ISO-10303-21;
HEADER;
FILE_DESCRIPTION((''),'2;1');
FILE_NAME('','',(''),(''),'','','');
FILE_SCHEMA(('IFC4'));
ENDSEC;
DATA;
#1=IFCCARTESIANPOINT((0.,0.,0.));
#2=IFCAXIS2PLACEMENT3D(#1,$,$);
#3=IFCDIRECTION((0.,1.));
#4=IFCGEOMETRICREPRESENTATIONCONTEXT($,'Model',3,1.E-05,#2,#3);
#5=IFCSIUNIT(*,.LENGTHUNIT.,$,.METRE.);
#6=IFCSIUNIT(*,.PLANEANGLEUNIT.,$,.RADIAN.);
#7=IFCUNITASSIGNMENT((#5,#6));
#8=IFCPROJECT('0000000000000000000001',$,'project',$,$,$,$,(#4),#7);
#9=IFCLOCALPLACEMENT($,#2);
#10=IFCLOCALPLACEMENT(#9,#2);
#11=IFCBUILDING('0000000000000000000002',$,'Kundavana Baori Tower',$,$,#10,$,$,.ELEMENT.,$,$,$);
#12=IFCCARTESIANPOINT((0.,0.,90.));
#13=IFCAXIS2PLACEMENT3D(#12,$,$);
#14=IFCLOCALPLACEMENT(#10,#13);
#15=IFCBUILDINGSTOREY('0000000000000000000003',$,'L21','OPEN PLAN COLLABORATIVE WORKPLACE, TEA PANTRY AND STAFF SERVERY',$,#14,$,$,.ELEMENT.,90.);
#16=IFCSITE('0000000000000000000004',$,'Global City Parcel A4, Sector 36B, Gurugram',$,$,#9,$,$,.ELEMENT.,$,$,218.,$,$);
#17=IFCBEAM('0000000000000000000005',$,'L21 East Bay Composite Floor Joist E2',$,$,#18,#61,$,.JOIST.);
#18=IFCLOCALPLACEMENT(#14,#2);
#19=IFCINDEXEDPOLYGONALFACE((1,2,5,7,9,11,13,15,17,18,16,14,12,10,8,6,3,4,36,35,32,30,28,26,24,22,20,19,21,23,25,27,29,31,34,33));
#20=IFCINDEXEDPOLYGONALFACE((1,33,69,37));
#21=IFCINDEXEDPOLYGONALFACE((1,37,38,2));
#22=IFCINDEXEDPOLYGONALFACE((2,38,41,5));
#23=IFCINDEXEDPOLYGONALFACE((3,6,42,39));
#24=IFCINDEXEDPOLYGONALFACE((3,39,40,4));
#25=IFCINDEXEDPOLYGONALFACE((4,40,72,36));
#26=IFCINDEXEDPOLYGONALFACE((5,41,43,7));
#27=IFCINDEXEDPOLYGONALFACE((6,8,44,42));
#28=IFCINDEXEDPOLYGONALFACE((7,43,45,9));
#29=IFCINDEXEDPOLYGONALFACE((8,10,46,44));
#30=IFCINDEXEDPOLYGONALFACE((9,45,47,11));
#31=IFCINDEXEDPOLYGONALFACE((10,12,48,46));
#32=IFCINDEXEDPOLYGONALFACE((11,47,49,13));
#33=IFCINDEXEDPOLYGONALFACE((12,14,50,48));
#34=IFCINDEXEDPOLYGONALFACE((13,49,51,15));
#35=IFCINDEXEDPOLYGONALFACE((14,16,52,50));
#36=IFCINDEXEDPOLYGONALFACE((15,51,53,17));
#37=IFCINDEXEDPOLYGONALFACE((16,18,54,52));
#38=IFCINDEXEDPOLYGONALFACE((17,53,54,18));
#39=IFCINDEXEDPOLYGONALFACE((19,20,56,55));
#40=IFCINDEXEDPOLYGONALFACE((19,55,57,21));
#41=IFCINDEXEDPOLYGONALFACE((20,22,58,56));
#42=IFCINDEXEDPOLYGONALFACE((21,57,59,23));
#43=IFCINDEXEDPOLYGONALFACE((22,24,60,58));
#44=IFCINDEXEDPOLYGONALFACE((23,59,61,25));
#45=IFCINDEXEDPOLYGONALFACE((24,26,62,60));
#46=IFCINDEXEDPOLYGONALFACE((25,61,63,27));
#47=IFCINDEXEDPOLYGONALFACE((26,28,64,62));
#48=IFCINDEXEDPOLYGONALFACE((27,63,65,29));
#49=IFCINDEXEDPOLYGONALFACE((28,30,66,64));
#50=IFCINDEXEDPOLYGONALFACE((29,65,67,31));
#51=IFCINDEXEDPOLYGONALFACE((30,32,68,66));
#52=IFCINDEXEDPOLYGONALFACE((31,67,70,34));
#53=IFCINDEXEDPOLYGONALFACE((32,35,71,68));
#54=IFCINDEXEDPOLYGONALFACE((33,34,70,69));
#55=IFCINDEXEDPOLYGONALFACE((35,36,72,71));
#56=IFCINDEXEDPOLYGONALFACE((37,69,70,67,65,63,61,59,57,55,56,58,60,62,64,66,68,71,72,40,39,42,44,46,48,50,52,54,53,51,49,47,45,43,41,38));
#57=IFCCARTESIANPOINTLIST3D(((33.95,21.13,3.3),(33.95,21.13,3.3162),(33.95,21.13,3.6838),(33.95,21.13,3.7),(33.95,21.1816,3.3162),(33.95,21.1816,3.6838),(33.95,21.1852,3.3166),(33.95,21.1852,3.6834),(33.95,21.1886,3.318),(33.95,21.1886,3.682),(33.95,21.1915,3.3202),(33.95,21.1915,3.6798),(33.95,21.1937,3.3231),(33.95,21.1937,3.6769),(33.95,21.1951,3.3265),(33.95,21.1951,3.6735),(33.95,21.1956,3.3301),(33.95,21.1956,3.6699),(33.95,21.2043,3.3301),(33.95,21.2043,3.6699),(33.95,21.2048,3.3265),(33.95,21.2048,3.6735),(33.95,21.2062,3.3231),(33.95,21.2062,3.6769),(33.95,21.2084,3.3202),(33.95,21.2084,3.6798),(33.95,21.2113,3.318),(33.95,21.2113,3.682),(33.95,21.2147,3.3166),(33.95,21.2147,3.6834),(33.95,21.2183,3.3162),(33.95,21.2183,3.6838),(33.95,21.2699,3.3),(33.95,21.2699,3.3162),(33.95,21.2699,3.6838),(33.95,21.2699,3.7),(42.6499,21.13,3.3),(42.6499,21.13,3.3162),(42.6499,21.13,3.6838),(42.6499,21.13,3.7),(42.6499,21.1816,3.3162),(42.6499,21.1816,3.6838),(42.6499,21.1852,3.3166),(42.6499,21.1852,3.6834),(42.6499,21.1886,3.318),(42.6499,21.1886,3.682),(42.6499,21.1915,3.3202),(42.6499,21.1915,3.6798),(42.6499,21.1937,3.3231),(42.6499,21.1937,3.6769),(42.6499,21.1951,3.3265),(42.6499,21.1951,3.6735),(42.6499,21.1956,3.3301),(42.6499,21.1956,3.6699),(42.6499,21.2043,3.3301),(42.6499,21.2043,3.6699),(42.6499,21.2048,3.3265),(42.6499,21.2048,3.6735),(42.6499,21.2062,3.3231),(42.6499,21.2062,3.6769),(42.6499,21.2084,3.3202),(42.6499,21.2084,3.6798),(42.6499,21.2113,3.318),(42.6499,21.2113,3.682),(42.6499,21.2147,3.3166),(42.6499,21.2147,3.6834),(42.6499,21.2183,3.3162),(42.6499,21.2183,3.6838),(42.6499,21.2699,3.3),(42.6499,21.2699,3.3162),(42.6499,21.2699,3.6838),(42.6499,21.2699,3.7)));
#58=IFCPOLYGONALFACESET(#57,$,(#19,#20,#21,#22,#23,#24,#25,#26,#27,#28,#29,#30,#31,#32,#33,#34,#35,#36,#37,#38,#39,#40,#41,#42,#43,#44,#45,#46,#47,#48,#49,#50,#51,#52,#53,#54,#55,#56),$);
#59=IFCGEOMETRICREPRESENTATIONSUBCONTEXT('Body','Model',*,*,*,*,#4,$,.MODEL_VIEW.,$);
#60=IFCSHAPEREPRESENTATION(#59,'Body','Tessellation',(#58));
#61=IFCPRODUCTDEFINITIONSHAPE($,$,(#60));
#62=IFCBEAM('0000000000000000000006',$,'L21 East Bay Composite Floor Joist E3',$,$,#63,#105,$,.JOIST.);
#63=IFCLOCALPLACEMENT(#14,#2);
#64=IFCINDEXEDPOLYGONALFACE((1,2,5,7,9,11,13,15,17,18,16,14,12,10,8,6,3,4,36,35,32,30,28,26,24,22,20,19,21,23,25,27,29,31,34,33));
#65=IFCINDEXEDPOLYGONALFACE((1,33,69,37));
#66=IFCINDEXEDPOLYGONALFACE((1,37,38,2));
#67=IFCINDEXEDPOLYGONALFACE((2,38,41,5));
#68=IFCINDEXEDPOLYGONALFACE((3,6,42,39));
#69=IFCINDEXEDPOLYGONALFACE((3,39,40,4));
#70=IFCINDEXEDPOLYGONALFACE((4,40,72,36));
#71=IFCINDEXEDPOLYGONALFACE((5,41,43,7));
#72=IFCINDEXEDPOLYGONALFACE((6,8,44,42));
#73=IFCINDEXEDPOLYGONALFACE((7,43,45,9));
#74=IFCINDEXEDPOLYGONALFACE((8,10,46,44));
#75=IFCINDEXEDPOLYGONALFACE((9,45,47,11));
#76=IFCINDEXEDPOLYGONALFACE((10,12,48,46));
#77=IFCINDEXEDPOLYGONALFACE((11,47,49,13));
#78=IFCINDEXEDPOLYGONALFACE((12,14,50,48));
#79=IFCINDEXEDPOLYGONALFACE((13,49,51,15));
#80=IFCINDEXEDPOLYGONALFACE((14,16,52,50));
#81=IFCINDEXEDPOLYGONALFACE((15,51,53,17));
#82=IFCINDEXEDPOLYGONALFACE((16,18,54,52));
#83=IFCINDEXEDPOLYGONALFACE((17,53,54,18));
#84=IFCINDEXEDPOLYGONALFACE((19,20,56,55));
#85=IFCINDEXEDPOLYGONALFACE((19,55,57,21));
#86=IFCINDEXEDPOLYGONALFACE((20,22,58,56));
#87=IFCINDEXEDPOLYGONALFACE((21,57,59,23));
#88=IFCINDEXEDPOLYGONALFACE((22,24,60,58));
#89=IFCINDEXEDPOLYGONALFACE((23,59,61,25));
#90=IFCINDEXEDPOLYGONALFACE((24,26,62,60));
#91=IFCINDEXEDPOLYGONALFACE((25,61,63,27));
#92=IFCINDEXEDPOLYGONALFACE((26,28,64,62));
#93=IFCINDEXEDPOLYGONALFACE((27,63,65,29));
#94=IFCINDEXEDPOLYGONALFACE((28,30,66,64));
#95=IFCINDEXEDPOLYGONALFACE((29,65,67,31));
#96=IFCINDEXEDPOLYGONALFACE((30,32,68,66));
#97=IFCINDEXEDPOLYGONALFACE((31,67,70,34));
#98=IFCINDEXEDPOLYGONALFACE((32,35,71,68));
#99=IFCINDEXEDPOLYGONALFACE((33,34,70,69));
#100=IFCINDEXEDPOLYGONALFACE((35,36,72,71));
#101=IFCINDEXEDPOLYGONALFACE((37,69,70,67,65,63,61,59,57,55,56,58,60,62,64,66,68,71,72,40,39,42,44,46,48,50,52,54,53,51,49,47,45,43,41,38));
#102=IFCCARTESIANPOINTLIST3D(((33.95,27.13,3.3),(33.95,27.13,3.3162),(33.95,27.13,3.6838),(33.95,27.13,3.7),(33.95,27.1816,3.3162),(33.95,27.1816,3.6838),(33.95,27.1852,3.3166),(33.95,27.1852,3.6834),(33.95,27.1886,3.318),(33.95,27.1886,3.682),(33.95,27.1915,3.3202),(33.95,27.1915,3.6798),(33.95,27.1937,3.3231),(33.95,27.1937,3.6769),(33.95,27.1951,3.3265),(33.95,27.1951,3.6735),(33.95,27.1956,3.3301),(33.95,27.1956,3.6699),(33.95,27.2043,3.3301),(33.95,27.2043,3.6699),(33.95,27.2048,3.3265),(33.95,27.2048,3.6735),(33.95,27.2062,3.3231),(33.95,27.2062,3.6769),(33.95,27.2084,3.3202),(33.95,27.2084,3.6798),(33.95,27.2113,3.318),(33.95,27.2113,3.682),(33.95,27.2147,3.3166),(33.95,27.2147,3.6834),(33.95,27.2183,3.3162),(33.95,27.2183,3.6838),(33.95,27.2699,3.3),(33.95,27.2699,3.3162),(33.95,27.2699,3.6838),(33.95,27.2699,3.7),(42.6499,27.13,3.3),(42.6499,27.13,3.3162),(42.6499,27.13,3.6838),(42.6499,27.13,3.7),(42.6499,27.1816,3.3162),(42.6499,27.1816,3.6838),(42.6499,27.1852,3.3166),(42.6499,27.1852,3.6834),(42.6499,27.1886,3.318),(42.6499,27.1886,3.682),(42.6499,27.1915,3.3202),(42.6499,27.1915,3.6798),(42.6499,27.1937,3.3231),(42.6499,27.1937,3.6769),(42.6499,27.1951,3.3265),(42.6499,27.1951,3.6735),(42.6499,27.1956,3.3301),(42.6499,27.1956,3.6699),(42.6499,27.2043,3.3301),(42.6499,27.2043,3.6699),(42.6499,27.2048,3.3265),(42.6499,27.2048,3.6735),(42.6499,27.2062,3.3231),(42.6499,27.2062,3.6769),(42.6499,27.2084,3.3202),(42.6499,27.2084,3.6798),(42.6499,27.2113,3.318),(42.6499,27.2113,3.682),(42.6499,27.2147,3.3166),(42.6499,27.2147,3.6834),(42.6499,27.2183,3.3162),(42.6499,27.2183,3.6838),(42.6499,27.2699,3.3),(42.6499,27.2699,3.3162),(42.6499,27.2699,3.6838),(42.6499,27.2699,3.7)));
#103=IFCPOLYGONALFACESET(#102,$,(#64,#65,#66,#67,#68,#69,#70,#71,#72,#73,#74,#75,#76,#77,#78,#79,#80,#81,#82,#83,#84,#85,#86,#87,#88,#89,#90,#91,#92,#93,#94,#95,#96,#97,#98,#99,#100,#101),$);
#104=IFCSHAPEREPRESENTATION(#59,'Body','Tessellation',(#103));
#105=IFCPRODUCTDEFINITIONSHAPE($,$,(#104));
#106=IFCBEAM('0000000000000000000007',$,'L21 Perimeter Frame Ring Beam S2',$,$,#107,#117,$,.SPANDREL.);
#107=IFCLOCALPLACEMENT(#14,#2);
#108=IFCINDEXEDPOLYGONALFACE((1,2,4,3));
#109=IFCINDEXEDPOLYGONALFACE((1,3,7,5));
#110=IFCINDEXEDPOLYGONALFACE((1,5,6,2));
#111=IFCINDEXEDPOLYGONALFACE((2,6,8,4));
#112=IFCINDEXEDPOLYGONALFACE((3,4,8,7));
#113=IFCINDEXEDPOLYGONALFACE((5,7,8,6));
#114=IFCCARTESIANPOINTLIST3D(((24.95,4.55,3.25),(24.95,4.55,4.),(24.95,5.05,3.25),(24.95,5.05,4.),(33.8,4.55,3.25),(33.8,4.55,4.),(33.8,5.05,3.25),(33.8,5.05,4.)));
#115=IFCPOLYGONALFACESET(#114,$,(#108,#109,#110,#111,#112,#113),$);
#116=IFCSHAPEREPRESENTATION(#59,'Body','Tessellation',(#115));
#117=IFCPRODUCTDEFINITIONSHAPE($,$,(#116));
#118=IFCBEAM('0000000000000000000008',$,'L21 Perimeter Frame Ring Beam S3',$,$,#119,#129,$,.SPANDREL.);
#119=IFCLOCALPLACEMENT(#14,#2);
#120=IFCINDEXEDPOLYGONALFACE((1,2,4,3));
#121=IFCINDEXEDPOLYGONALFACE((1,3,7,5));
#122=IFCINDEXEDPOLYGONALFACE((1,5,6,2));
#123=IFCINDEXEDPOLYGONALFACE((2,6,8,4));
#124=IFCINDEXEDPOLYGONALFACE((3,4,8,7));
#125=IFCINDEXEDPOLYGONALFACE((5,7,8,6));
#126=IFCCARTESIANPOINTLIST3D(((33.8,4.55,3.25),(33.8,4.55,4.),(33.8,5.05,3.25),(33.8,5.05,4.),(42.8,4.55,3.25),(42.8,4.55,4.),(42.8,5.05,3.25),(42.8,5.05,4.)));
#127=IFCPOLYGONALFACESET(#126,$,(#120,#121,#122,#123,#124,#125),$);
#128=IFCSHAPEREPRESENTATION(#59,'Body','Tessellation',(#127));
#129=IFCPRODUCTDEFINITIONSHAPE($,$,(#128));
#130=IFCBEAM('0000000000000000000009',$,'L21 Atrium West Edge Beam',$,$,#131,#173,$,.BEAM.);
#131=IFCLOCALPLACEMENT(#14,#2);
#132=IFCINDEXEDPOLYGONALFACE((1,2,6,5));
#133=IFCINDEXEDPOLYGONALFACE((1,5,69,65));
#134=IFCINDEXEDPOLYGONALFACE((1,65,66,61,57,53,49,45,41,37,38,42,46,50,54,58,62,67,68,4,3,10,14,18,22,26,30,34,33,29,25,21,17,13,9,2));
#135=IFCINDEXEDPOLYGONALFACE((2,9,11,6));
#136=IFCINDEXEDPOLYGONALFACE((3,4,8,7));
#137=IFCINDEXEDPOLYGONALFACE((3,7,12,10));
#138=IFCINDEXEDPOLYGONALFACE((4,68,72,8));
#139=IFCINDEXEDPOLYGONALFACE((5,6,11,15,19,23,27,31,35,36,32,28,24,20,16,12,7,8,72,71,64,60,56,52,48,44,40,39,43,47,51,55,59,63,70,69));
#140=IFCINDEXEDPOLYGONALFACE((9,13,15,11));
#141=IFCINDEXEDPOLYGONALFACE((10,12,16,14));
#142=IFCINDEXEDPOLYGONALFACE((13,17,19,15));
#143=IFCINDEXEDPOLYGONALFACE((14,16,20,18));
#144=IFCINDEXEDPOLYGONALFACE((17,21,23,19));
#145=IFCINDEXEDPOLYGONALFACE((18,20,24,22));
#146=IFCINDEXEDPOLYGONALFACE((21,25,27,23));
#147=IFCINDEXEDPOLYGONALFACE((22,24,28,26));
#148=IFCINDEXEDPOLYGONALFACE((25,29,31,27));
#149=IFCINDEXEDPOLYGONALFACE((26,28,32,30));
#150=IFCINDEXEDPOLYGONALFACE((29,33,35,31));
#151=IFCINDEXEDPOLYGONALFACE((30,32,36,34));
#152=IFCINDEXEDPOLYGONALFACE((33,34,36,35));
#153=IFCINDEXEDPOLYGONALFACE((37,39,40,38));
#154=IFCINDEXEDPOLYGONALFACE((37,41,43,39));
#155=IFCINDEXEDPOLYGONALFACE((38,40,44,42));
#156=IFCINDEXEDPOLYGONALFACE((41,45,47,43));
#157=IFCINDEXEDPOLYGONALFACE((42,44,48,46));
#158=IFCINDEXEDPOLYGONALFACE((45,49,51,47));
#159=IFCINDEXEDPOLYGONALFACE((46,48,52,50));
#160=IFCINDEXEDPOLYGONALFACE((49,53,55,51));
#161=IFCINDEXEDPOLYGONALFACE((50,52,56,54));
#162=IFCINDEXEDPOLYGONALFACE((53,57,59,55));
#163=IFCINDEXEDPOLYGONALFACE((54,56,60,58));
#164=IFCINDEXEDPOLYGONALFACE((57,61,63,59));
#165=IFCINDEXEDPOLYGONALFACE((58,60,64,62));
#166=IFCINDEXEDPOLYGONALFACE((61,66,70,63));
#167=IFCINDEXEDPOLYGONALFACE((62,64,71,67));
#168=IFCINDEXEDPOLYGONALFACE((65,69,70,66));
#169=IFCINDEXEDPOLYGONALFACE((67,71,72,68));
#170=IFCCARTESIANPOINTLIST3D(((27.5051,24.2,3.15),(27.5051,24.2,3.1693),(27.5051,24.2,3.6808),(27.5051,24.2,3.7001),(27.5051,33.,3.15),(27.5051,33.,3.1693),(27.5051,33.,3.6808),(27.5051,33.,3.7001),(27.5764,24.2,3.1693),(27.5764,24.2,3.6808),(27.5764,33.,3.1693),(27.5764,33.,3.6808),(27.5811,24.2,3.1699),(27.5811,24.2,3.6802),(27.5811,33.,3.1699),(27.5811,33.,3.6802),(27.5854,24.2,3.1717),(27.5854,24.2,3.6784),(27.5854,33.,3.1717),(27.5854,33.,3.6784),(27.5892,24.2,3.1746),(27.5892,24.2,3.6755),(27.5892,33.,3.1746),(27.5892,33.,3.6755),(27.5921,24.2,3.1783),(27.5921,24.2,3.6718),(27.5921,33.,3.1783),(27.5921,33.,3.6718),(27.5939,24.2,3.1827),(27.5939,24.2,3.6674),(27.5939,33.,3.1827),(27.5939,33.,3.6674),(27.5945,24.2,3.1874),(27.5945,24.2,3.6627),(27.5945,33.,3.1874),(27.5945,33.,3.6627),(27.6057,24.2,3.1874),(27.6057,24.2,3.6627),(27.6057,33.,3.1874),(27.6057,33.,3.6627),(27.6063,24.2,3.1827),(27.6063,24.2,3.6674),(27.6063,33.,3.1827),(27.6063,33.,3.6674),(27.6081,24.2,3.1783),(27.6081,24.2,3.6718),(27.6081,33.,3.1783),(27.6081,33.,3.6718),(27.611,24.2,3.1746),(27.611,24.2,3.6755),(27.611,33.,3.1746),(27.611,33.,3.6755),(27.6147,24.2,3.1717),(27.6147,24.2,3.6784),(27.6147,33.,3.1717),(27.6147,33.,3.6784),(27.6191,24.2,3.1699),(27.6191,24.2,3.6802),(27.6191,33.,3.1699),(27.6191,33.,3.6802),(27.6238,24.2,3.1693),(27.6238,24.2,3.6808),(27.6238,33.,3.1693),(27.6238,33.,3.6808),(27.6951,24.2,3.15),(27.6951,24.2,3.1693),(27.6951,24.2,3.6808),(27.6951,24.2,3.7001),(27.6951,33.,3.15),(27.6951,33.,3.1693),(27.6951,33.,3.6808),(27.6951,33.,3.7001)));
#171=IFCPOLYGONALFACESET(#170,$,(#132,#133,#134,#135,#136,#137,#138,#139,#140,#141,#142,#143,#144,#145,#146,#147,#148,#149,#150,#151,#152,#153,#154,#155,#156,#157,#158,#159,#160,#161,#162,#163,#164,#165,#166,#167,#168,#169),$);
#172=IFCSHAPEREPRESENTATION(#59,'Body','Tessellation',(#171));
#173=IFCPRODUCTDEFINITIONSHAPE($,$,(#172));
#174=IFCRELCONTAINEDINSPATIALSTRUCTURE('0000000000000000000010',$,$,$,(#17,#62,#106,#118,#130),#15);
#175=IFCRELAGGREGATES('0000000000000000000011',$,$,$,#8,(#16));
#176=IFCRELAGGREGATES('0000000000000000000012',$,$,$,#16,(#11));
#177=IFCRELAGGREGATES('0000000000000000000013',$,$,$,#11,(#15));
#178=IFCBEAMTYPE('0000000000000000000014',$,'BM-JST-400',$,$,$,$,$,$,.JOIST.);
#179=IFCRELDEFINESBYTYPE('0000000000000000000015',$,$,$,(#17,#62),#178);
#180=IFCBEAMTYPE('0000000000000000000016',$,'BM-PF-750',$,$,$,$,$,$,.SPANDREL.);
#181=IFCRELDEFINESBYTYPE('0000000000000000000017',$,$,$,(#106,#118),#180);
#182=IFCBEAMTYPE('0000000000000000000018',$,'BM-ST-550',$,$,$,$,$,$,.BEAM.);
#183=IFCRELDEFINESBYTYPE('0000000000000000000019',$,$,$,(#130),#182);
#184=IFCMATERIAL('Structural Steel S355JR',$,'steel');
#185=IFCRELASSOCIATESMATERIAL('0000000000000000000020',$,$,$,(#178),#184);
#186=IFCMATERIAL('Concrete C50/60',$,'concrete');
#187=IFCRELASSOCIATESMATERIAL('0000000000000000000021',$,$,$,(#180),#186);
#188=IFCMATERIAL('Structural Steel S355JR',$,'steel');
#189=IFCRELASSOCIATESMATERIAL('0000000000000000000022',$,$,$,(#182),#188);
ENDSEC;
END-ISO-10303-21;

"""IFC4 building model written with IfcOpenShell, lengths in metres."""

from ifc_helpers import new_model, si_unit, direction, frame, origin, origin_2d, place, context, subcontext, project, spatial, rectangle, i_section, extrude, material, material_profile, profile_set, type_object, element, save


model = new_model("IFC4")

# Units and contexts
model_context = context("Model", 3, precision=1e-05, world=origin(), true_north=direction((0.0, 1.0)))
body_context = subcontext(model_context, "Body", "Model", "MODEL_VIEW")
ifc_project = project(units=[si_unit("LENGTHUNIT", "METRE"), si_unit("PLANEANGLEUNIT", "RADIAN")], contexts=[model_context])

# Site, building, storey
site_placement = place(None, origin())
site = spatial("IfcSite", under=ifc_project, at=site_placement, Name="Global City Parcel A4, Sector 36B, Gurugram", CompositionType="ELEMENT", RefElevation=218.0)
building_placement = place(site_placement, origin())
building = spatial("IfcBuilding", under=site, at=building_placement, Name="Kundavana Baori Tower", CompositionType="ELEMENT")
storey_placement = place(building_placement, frame((0.0, 0.0, 90.0)))
storey = spatial("IfcBuildingStorey", under=building, at=storey_placement, Name="L21", Description="OPEN PLAN COLLABORATIVE WORKPLACE, TEA PANTRY AND STAFF SERVERY", CompositionType="ELEMENT", Elevation=90.0)

# Beams
ifc_material_1 = material(Name="Structural Steel S355JR", Category="steel")
ifc_material_profile_1 = material_profile(ifc_material_1, i_section(OverallWidth=0.1399, OverallDepth=0.3999, WebThickness=0.0088, FlangeThickness=0.0161, FilletRadius=0.0139, at=origin_2d()), Name="ISMB 400")
ifc_profile_set_1 = profile_set([ifc_material_profile_1], Name="Structural Steel S355JR")
beam_type_1 = type_object("IfcBeamType", Name="BM-JST-400", PredefinedType="JOIST", material=ifc_profile_set_1)
for number, where, z_axis, x_axis, name in (
    (1, (33.95, 21.2, 3.5), (1.0, 0.0, 0.0), (0.0, 1.0, 0.0), "L21 East Bay Composite Floor Joist E2"),
    (2, (33.95, 27.2, 3.5), (1.0, 0.0, 0.0), (0.0, 1.0, 0.0), "L21 East Bay Composite Floor Joist E3"),
):
    element("IfcBeam", number, at=place(storey_placement, frame(where, z_axis=z_axis, x_axis=x_axis)), inside=storey, type_object=beam_type_1, Name=name, PredefinedType="JOIST", context=body_context, shape_type="SweptSolid", body=[
        extrude(i_section(OverallWidth=0.1399, OverallDepth=0.3999, WebThickness=0.0088, FlangeThickness=0.0161, FilletRadius=0.0139, at=origin_2d()), origin(), (0.0, 0.0, 1.0), 8.7),
    ])
ifc_material_2 = material(Name="Concrete C50/60", Category="concrete")
ifc_material_profile_2 = material_profile(ifc_material_2, rectangle(XDim=0.5, YDim=0.75, at=origin_2d()), Name="RC BM 500x750")
ifc_profile_set_2 = profile_set([ifc_material_profile_2], Name="Concrete C50/60")
beam_type_2 = type_object("IfcBeamType", Name="BM-PF-750", PredefinedType="SPANDREL", material=ifc_profile_set_2)
beam_1_placement = place(storey_placement, frame((24.95, 4.8, 3.625), z_axis=(1.0, 0.0, 0.0), x_axis=(0.0, 1.0, 0.0)))
element("IfcBeam", 3, at=beam_1_placement, inside=storey, type_object=beam_type_2, Name="L21 Perimeter Frame Ring Beam S2", PredefinedType="SPANDREL", context=body_context, shape_type="SweptSolid", body=[
    extrude(rectangle(XDim=0.5, YDim=0.75, at=origin_2d()), origin(), (0.0, 0.0, 1.0), 8.8501),
])
beam_2_placement = place(storey_placement, frame((33.8, 4.8, 3.625), z_axis=(1.0, 0.0, 0.0), x_axis=(0.0, 1.0, 0.0)))
element("IfcBeam", 4, at=beam_2_placement, inside=storey, type_object=beam_type_2, Name="L21 Perimeter Frame Ring Beam S3", PredefinedType="SPANDREL", context=body_context, shape_type="SweptSolid", body=[
    extrude(rectangle(XDim=0.5, YDim=0.75, at=origin_2d()), origin(), (0.0, 0.0, 1.0), 9.0),
])
ifc_material_3 = material(Name="Structural Steel S355JR", Category="steel")
ifc_material_profile_3 = material_profile(ifc_material_3, i_section(OverallWidth=0.1899, OverallDepth=0.55, WebThickness=0.0112, FlangeThickness=0.0193, FilletRadius=0.0181, at=origin_2d()), Name="ISMB 550")
ifc_profile_set_3 = profile_set([ifc_material_profile_3], Name="Structural Steel S355JR")
beam_type_3 = type_object("IfcBeamType", Name="BM-ST-550", PredefinedType="BEAM", material=ifc_profile_set_3)
for number, where, z_axis, x_axis, name in (
    (5, (27.6001, 24.2, 3.425), (0.0, 1.0, 0.0), (-1.0, 0.0, 0.0), "L21 Atrium West Edge Beam"),
):
    element("IfcBeam", number, at=place(storey_placement, frame(where, z_axis=z_axis, x_axis=x_axis)), inside=storey, type_object=beam_type_3, Name=name, PredefinedType="BEAM", context=body_context, shape_type="SweptSolid", body=[
        extrude(i_section(OverallWidth=0.1899, OverallDepth=0.55, WebThickness=0.0112, FlangeThickness=0.0193, FilletRadius=0.0181, at=origin_2d()), origin(), (0.0, 0.0, 1.0), 8.8),
    ])

save(model, "model.ifc")
